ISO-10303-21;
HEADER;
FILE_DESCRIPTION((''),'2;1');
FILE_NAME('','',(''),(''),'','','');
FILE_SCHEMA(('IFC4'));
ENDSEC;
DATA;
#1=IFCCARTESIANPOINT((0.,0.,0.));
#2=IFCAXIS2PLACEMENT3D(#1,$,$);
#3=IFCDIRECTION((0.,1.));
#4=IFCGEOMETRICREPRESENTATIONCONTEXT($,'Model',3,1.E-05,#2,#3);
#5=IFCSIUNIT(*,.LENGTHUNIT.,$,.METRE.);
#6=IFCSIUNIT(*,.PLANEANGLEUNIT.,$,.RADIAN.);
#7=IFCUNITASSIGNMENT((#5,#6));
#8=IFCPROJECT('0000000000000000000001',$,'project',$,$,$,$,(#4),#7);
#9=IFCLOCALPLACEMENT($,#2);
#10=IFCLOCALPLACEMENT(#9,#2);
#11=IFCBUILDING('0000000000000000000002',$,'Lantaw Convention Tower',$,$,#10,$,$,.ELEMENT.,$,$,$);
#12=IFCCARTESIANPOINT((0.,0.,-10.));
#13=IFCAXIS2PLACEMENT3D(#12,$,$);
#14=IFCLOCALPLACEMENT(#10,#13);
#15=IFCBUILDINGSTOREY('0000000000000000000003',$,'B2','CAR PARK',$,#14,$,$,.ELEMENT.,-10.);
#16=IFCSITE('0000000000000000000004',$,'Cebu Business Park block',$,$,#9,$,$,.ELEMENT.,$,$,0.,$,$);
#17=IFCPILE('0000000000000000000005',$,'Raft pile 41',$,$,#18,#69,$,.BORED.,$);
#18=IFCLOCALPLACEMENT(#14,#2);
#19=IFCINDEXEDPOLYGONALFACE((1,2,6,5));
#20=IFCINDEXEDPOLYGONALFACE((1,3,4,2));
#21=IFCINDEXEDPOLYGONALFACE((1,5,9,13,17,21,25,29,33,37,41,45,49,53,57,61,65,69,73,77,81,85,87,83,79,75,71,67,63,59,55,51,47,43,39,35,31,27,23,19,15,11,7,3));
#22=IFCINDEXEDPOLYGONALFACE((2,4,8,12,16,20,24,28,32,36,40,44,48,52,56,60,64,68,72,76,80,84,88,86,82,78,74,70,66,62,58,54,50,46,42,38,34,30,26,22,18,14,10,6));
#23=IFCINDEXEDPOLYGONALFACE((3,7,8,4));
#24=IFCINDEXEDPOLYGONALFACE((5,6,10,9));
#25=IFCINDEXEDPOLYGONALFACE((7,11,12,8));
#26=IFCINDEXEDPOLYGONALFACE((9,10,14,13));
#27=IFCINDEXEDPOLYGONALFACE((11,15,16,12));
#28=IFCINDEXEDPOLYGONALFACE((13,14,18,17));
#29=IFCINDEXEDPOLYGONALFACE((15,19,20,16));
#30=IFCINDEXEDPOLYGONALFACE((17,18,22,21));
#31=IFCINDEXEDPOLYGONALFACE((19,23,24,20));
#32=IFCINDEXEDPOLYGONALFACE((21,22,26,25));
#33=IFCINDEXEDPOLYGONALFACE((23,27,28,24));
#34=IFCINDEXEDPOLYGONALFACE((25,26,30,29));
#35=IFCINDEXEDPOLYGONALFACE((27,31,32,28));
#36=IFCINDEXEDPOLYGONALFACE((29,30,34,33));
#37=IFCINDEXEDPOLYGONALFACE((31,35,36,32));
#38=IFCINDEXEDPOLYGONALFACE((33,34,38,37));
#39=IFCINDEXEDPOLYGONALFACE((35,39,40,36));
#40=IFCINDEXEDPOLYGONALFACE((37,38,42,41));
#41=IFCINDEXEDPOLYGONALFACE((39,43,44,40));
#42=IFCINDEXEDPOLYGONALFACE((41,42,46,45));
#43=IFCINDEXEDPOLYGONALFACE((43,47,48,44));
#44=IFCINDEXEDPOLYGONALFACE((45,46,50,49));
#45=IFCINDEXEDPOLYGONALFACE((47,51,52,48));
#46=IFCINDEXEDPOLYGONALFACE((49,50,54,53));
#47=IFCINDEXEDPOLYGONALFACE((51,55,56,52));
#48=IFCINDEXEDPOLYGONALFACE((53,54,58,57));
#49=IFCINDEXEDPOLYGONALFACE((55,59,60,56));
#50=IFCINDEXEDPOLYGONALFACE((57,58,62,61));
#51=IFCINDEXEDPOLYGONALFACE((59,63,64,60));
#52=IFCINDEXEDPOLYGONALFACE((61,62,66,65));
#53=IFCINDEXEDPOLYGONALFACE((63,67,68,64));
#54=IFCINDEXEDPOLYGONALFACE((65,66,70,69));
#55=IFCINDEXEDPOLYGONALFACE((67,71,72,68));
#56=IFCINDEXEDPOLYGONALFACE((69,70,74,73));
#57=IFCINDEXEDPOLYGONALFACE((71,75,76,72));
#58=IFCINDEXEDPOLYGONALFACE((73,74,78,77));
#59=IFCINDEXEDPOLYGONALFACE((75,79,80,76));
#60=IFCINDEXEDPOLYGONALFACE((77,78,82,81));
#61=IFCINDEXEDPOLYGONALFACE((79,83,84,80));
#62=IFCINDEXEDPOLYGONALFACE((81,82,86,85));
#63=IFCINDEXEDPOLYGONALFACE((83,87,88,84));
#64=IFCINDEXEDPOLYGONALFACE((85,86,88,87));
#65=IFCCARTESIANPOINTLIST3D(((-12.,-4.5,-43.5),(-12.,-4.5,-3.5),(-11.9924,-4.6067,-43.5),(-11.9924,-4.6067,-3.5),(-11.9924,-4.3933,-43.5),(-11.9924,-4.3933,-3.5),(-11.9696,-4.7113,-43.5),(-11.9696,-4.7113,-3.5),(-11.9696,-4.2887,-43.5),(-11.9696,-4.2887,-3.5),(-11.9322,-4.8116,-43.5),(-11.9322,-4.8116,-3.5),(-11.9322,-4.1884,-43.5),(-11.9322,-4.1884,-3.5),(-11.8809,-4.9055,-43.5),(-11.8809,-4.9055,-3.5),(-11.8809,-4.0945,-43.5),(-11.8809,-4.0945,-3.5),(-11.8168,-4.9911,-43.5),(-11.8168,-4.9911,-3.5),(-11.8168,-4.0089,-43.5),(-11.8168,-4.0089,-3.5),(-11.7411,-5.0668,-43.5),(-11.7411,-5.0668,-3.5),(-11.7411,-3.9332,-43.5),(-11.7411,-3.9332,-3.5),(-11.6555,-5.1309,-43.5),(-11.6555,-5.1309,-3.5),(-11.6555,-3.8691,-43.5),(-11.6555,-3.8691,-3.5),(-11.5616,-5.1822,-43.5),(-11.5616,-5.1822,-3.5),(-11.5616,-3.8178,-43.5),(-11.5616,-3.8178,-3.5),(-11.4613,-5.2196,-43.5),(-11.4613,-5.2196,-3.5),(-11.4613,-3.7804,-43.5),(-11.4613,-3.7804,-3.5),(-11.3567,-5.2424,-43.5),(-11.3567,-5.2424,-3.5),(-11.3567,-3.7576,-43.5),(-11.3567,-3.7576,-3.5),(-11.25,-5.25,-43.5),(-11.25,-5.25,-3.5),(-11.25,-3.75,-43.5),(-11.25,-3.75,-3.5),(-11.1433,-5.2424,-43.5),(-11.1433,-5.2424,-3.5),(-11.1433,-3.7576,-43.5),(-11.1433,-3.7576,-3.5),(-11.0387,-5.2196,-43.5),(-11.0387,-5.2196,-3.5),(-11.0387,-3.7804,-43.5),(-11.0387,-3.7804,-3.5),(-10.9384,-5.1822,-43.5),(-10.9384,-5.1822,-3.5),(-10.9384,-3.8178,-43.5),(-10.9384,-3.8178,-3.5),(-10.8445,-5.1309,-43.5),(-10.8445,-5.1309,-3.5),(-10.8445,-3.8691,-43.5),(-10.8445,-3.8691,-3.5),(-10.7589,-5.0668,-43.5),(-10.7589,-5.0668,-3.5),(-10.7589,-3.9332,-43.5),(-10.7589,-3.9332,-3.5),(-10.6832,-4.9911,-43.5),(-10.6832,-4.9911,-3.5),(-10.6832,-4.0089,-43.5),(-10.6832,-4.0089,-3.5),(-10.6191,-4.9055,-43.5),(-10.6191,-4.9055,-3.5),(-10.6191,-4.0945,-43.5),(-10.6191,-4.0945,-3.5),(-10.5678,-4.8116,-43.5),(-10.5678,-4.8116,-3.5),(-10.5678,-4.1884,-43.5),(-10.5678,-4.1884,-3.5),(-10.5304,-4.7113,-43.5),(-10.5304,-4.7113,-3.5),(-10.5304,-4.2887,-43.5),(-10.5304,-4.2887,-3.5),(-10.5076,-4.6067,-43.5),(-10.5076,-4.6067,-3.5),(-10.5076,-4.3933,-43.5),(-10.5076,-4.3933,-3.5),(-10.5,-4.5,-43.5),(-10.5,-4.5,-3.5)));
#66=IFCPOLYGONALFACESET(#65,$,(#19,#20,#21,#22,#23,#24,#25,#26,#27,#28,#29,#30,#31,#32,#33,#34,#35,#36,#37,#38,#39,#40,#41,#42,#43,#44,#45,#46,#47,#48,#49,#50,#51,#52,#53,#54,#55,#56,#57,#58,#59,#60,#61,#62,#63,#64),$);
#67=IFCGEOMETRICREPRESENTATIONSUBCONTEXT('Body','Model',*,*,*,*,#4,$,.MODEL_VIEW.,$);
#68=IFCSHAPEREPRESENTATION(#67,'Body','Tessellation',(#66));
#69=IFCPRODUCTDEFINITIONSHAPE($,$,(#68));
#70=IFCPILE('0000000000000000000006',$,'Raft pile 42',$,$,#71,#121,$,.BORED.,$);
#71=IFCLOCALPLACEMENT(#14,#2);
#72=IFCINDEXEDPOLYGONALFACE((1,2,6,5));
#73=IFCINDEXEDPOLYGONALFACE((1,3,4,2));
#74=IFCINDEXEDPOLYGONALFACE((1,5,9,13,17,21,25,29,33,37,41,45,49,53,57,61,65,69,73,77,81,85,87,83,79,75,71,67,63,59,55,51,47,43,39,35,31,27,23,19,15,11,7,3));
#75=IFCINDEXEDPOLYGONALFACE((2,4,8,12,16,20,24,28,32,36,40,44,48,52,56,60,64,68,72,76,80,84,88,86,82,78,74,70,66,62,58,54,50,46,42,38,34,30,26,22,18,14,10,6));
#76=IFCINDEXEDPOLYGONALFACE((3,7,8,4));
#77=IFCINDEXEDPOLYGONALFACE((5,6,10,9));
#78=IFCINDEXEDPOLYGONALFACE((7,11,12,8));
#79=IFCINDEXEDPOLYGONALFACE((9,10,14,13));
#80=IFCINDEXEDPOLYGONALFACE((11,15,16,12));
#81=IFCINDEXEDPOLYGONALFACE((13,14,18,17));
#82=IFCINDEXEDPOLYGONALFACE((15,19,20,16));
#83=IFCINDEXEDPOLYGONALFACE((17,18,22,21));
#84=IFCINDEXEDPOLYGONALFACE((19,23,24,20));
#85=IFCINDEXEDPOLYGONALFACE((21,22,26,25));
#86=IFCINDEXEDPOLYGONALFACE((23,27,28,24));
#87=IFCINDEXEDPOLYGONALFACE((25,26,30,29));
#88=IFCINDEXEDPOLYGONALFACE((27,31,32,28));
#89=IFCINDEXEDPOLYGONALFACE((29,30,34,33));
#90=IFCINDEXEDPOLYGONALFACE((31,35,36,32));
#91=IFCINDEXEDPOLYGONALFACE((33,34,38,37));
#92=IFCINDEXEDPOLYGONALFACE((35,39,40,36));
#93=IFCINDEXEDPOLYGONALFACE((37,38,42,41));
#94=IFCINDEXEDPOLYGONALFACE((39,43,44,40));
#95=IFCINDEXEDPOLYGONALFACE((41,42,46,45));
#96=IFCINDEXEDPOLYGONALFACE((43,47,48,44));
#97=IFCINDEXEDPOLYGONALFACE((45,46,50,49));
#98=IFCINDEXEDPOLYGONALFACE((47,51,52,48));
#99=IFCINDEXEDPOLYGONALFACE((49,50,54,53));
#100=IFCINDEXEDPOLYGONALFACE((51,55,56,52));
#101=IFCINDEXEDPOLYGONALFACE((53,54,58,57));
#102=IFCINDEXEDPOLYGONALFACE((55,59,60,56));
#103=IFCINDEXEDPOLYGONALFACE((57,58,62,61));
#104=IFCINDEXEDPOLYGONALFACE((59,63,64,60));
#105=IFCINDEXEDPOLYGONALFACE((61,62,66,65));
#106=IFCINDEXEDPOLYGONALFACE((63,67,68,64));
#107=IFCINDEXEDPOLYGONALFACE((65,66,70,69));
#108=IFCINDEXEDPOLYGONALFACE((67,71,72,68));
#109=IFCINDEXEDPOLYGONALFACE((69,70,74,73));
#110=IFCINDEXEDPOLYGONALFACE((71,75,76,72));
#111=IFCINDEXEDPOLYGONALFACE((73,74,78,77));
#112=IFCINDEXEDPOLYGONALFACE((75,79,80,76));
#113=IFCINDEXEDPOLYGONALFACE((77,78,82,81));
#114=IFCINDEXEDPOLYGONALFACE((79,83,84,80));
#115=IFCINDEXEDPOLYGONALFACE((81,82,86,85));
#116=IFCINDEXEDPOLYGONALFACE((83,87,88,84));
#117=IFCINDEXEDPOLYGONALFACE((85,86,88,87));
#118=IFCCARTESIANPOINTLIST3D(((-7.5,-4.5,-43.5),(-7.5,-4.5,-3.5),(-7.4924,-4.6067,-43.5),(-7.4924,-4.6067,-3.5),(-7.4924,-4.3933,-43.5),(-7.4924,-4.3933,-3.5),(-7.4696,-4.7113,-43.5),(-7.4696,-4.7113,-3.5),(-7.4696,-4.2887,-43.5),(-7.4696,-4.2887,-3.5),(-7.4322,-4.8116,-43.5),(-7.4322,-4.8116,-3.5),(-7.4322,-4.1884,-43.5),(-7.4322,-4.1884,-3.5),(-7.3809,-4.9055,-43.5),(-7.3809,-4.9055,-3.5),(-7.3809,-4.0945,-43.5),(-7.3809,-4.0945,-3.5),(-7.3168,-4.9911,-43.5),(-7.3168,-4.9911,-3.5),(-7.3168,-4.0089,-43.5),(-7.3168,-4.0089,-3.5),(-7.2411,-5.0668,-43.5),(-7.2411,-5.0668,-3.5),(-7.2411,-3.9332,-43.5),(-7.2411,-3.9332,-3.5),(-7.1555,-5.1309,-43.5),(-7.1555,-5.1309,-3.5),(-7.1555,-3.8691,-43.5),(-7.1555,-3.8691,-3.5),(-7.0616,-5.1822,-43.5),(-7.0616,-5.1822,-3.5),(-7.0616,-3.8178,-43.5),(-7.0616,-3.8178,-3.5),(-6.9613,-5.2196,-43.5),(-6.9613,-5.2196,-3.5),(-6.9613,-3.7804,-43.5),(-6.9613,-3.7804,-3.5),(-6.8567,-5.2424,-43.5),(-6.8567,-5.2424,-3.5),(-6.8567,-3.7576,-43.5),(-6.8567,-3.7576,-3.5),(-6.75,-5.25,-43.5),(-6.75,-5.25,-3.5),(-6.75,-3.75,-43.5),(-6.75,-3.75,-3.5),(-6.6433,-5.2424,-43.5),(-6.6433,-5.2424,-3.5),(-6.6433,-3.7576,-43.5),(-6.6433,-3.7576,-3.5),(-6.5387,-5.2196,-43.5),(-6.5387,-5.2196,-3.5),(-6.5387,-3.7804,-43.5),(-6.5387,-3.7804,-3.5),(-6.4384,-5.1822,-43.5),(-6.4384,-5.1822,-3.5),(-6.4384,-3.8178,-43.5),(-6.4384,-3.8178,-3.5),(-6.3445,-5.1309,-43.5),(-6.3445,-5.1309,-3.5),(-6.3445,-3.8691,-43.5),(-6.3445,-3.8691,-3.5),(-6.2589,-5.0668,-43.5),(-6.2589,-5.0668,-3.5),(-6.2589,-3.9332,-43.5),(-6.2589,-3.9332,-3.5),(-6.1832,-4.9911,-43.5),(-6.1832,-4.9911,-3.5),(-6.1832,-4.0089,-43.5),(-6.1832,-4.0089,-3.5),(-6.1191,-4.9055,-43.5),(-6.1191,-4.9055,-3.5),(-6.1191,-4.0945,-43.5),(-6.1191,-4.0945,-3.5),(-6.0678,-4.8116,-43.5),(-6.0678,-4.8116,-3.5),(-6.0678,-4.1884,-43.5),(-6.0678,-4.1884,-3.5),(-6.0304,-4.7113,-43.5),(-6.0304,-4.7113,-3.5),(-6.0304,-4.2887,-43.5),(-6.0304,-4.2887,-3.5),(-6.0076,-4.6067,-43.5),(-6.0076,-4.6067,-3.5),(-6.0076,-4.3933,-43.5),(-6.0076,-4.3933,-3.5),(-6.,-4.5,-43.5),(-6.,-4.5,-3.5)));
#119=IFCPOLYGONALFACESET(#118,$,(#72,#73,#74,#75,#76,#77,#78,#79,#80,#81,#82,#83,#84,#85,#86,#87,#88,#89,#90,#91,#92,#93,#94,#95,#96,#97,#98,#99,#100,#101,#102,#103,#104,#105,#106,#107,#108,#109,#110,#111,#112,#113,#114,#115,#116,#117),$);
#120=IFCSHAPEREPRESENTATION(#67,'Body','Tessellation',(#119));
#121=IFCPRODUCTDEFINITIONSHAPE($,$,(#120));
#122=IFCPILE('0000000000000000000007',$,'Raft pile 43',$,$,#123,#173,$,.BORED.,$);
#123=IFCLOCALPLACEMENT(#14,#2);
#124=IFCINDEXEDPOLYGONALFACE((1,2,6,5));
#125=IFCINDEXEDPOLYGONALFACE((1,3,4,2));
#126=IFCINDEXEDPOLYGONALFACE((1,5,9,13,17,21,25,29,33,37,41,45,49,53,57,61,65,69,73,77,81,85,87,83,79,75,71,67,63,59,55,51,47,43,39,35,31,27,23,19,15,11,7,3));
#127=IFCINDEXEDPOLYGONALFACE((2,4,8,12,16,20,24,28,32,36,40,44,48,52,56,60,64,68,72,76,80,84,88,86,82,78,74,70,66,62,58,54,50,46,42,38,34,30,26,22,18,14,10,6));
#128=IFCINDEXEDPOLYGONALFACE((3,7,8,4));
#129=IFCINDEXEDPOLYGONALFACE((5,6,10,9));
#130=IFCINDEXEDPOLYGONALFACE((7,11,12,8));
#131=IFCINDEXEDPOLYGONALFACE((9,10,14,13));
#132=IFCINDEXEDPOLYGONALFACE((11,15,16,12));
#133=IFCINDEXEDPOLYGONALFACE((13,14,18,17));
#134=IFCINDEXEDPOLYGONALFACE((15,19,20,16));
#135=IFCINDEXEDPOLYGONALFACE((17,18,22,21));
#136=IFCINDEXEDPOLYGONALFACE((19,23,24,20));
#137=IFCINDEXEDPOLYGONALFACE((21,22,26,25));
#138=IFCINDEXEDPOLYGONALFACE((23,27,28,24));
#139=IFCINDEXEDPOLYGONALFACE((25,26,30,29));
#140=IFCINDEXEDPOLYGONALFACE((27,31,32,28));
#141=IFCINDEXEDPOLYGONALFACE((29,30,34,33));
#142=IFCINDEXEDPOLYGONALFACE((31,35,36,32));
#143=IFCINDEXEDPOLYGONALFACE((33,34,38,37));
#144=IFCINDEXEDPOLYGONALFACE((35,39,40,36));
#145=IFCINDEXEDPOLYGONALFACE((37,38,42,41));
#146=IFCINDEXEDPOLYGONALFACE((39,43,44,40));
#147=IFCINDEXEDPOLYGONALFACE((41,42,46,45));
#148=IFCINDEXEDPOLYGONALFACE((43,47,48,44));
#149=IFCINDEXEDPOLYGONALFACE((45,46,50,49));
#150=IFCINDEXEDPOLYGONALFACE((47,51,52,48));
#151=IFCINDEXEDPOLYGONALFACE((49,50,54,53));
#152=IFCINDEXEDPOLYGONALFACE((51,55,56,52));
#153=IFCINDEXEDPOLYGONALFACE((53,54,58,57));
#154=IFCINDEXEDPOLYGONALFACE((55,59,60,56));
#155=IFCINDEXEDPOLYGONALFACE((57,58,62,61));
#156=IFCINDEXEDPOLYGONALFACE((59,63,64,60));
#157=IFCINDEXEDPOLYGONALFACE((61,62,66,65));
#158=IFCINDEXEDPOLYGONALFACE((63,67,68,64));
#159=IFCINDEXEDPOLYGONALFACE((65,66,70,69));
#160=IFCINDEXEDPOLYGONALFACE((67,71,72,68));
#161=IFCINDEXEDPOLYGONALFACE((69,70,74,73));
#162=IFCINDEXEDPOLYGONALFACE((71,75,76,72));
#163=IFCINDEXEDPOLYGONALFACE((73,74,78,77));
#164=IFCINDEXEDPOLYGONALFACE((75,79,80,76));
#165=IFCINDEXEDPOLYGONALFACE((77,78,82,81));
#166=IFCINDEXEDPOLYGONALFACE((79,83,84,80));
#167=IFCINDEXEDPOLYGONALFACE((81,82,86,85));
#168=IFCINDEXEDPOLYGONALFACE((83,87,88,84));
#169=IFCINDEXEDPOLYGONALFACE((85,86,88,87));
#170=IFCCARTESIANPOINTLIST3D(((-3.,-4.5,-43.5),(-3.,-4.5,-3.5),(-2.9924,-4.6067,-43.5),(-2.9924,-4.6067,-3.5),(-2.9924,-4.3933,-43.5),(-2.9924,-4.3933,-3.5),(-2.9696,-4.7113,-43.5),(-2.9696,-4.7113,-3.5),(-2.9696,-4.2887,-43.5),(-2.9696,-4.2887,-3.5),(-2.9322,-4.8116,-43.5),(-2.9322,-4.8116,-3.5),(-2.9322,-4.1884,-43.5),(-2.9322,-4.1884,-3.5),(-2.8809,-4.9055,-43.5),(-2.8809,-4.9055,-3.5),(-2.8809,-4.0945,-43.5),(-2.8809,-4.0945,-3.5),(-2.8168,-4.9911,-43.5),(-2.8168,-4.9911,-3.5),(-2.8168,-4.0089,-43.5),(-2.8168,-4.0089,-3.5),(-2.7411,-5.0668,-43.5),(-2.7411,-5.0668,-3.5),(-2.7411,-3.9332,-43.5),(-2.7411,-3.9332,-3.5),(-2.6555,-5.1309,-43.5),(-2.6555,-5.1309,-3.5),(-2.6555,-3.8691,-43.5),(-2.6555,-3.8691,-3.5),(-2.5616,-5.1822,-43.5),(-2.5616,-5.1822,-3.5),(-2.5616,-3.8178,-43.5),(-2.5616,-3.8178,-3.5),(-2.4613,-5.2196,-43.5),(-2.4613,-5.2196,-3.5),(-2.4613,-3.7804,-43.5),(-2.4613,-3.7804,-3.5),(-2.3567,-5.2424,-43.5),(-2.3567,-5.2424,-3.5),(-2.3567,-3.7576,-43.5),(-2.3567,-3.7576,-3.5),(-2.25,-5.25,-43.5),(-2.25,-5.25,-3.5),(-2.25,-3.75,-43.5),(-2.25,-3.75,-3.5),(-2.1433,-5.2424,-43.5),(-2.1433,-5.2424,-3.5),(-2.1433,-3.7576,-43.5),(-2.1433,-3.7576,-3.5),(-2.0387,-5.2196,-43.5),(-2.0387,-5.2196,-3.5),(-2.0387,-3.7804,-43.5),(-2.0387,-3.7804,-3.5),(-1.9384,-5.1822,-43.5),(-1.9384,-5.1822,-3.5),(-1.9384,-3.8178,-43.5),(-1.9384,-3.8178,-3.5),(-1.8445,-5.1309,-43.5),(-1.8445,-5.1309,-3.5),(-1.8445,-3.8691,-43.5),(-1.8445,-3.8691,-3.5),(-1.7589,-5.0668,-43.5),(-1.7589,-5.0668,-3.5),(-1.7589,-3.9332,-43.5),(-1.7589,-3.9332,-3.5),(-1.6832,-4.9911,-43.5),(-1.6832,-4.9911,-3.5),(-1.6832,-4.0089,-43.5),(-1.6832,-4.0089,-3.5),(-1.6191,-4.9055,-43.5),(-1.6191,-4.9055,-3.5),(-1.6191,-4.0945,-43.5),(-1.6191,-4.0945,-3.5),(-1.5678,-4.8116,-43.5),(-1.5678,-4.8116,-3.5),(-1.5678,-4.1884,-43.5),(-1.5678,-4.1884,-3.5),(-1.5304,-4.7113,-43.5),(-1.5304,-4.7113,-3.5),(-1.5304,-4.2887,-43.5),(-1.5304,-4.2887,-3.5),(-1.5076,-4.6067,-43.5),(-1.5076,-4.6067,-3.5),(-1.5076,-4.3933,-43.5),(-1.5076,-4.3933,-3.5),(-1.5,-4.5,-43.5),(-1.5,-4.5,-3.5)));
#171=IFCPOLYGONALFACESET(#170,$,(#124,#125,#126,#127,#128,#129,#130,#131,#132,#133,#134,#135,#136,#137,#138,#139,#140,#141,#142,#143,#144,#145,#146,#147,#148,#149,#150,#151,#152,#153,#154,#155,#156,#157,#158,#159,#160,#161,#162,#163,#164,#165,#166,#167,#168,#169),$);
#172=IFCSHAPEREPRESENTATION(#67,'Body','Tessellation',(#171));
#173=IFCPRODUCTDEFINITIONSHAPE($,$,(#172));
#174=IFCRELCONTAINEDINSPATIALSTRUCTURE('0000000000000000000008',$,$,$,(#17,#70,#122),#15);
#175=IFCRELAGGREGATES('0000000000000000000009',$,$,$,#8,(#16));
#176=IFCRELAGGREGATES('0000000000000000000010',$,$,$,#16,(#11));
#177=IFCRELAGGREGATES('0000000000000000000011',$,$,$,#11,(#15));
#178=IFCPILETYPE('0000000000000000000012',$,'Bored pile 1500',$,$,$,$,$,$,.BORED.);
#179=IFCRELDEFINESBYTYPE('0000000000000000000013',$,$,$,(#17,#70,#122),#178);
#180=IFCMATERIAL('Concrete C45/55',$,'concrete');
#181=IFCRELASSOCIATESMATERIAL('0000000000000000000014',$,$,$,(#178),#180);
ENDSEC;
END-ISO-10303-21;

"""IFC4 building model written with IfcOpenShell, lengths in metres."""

from ifc_helpers import new_model, si_unit, direction, frame, origin, origin_2d, place, context, subcontext, project, spatial, circle, extrude, material, material_profile, profile_set, type_object, element, save


model = new_model("IFC4")

# Units and contexts
model_context = context("Model", 3, precision=1e-05, world=origin(), true_north=direction((0.0, 1.0)))
body_context = subcontext(model_context, "Body", "Model", "MODEL_VIEW")
ifc_project = project(units=[si_unit("LENGTHUNIT", "METRE"), si_unit("PLANEANGLEUNIT", "RADIAN")], contexts=[model_context])

# Site, building, storey
site_placement = place(None, origin())
site = spatial("IfcSite", under=ifc_project, at=site_placement, Name="Cebu Business Park block", CompositionType="ELEMENT", RefElevation=0.0)
building_placement = place(site_placement, origin())
building = spatial("IfcBuilding", under=site, at=building_placement, Name="Lantaw Convention Tower", CompositionType="ELEMENT")
storey_placement = place(building_placement, frame((0.0, 0.0, -10.0)))
storey = spatial("IfcBuildingStorey", under=building, at=storey_placement, Name="B2", Description="CAR PARK", CompositionType="ELEMENT", Elevation=-10.0)

# Piles
ifc_material_1 = material(Name="Concrete C45/55", Category="concrete")
ifc_material_profile_1 = material_profile(ifc_material_1, circle(Radius=0.75, at=origin_2d()), Name="Bored pile 1500")
ifc_profile_set_1 = profile_set([ifc_material_profile_1], Name="Concrete C45/55")
pile_type_1 = type_object("IfcPileType", Name="Bored pile 1500", PredefinedType="BORED", material=ifc_profile_set_1)
for number, where, z_axis, x_axis, name in (
    (1, (-11.25, -4.5, -3.5), (0.0, 0.0, -1.0), (1.0, 0.0, 0.0), "Raft pile 41"),
    (2, (-6.75, -4.5, -3.5), (0.0, 0.0, -1.0), (1.0, 0.0, 0.0), "Raft pile 42"),
    (3, (-2.25, -4.5, -3.5), (0.0, 0.0, -1.0), (1.0, 0.0, 0.0), "Raft pile 43"),
):
    element("IfcPile", number, at=place(storey_placement, frame(where, z_axis=z_axis, x_axis=x_axis)), inside=storey, type_object=pile_type_1, Name=name, PredefinedType="BORED", context=body_context, shape_type="SweptSolid", body=[
        extrude(circle(Radius=0.75, at=origin_2d()), origin(), (0.0, 0.0, 1.0), 40.0),
    ])

save(model, "model.ifc")
